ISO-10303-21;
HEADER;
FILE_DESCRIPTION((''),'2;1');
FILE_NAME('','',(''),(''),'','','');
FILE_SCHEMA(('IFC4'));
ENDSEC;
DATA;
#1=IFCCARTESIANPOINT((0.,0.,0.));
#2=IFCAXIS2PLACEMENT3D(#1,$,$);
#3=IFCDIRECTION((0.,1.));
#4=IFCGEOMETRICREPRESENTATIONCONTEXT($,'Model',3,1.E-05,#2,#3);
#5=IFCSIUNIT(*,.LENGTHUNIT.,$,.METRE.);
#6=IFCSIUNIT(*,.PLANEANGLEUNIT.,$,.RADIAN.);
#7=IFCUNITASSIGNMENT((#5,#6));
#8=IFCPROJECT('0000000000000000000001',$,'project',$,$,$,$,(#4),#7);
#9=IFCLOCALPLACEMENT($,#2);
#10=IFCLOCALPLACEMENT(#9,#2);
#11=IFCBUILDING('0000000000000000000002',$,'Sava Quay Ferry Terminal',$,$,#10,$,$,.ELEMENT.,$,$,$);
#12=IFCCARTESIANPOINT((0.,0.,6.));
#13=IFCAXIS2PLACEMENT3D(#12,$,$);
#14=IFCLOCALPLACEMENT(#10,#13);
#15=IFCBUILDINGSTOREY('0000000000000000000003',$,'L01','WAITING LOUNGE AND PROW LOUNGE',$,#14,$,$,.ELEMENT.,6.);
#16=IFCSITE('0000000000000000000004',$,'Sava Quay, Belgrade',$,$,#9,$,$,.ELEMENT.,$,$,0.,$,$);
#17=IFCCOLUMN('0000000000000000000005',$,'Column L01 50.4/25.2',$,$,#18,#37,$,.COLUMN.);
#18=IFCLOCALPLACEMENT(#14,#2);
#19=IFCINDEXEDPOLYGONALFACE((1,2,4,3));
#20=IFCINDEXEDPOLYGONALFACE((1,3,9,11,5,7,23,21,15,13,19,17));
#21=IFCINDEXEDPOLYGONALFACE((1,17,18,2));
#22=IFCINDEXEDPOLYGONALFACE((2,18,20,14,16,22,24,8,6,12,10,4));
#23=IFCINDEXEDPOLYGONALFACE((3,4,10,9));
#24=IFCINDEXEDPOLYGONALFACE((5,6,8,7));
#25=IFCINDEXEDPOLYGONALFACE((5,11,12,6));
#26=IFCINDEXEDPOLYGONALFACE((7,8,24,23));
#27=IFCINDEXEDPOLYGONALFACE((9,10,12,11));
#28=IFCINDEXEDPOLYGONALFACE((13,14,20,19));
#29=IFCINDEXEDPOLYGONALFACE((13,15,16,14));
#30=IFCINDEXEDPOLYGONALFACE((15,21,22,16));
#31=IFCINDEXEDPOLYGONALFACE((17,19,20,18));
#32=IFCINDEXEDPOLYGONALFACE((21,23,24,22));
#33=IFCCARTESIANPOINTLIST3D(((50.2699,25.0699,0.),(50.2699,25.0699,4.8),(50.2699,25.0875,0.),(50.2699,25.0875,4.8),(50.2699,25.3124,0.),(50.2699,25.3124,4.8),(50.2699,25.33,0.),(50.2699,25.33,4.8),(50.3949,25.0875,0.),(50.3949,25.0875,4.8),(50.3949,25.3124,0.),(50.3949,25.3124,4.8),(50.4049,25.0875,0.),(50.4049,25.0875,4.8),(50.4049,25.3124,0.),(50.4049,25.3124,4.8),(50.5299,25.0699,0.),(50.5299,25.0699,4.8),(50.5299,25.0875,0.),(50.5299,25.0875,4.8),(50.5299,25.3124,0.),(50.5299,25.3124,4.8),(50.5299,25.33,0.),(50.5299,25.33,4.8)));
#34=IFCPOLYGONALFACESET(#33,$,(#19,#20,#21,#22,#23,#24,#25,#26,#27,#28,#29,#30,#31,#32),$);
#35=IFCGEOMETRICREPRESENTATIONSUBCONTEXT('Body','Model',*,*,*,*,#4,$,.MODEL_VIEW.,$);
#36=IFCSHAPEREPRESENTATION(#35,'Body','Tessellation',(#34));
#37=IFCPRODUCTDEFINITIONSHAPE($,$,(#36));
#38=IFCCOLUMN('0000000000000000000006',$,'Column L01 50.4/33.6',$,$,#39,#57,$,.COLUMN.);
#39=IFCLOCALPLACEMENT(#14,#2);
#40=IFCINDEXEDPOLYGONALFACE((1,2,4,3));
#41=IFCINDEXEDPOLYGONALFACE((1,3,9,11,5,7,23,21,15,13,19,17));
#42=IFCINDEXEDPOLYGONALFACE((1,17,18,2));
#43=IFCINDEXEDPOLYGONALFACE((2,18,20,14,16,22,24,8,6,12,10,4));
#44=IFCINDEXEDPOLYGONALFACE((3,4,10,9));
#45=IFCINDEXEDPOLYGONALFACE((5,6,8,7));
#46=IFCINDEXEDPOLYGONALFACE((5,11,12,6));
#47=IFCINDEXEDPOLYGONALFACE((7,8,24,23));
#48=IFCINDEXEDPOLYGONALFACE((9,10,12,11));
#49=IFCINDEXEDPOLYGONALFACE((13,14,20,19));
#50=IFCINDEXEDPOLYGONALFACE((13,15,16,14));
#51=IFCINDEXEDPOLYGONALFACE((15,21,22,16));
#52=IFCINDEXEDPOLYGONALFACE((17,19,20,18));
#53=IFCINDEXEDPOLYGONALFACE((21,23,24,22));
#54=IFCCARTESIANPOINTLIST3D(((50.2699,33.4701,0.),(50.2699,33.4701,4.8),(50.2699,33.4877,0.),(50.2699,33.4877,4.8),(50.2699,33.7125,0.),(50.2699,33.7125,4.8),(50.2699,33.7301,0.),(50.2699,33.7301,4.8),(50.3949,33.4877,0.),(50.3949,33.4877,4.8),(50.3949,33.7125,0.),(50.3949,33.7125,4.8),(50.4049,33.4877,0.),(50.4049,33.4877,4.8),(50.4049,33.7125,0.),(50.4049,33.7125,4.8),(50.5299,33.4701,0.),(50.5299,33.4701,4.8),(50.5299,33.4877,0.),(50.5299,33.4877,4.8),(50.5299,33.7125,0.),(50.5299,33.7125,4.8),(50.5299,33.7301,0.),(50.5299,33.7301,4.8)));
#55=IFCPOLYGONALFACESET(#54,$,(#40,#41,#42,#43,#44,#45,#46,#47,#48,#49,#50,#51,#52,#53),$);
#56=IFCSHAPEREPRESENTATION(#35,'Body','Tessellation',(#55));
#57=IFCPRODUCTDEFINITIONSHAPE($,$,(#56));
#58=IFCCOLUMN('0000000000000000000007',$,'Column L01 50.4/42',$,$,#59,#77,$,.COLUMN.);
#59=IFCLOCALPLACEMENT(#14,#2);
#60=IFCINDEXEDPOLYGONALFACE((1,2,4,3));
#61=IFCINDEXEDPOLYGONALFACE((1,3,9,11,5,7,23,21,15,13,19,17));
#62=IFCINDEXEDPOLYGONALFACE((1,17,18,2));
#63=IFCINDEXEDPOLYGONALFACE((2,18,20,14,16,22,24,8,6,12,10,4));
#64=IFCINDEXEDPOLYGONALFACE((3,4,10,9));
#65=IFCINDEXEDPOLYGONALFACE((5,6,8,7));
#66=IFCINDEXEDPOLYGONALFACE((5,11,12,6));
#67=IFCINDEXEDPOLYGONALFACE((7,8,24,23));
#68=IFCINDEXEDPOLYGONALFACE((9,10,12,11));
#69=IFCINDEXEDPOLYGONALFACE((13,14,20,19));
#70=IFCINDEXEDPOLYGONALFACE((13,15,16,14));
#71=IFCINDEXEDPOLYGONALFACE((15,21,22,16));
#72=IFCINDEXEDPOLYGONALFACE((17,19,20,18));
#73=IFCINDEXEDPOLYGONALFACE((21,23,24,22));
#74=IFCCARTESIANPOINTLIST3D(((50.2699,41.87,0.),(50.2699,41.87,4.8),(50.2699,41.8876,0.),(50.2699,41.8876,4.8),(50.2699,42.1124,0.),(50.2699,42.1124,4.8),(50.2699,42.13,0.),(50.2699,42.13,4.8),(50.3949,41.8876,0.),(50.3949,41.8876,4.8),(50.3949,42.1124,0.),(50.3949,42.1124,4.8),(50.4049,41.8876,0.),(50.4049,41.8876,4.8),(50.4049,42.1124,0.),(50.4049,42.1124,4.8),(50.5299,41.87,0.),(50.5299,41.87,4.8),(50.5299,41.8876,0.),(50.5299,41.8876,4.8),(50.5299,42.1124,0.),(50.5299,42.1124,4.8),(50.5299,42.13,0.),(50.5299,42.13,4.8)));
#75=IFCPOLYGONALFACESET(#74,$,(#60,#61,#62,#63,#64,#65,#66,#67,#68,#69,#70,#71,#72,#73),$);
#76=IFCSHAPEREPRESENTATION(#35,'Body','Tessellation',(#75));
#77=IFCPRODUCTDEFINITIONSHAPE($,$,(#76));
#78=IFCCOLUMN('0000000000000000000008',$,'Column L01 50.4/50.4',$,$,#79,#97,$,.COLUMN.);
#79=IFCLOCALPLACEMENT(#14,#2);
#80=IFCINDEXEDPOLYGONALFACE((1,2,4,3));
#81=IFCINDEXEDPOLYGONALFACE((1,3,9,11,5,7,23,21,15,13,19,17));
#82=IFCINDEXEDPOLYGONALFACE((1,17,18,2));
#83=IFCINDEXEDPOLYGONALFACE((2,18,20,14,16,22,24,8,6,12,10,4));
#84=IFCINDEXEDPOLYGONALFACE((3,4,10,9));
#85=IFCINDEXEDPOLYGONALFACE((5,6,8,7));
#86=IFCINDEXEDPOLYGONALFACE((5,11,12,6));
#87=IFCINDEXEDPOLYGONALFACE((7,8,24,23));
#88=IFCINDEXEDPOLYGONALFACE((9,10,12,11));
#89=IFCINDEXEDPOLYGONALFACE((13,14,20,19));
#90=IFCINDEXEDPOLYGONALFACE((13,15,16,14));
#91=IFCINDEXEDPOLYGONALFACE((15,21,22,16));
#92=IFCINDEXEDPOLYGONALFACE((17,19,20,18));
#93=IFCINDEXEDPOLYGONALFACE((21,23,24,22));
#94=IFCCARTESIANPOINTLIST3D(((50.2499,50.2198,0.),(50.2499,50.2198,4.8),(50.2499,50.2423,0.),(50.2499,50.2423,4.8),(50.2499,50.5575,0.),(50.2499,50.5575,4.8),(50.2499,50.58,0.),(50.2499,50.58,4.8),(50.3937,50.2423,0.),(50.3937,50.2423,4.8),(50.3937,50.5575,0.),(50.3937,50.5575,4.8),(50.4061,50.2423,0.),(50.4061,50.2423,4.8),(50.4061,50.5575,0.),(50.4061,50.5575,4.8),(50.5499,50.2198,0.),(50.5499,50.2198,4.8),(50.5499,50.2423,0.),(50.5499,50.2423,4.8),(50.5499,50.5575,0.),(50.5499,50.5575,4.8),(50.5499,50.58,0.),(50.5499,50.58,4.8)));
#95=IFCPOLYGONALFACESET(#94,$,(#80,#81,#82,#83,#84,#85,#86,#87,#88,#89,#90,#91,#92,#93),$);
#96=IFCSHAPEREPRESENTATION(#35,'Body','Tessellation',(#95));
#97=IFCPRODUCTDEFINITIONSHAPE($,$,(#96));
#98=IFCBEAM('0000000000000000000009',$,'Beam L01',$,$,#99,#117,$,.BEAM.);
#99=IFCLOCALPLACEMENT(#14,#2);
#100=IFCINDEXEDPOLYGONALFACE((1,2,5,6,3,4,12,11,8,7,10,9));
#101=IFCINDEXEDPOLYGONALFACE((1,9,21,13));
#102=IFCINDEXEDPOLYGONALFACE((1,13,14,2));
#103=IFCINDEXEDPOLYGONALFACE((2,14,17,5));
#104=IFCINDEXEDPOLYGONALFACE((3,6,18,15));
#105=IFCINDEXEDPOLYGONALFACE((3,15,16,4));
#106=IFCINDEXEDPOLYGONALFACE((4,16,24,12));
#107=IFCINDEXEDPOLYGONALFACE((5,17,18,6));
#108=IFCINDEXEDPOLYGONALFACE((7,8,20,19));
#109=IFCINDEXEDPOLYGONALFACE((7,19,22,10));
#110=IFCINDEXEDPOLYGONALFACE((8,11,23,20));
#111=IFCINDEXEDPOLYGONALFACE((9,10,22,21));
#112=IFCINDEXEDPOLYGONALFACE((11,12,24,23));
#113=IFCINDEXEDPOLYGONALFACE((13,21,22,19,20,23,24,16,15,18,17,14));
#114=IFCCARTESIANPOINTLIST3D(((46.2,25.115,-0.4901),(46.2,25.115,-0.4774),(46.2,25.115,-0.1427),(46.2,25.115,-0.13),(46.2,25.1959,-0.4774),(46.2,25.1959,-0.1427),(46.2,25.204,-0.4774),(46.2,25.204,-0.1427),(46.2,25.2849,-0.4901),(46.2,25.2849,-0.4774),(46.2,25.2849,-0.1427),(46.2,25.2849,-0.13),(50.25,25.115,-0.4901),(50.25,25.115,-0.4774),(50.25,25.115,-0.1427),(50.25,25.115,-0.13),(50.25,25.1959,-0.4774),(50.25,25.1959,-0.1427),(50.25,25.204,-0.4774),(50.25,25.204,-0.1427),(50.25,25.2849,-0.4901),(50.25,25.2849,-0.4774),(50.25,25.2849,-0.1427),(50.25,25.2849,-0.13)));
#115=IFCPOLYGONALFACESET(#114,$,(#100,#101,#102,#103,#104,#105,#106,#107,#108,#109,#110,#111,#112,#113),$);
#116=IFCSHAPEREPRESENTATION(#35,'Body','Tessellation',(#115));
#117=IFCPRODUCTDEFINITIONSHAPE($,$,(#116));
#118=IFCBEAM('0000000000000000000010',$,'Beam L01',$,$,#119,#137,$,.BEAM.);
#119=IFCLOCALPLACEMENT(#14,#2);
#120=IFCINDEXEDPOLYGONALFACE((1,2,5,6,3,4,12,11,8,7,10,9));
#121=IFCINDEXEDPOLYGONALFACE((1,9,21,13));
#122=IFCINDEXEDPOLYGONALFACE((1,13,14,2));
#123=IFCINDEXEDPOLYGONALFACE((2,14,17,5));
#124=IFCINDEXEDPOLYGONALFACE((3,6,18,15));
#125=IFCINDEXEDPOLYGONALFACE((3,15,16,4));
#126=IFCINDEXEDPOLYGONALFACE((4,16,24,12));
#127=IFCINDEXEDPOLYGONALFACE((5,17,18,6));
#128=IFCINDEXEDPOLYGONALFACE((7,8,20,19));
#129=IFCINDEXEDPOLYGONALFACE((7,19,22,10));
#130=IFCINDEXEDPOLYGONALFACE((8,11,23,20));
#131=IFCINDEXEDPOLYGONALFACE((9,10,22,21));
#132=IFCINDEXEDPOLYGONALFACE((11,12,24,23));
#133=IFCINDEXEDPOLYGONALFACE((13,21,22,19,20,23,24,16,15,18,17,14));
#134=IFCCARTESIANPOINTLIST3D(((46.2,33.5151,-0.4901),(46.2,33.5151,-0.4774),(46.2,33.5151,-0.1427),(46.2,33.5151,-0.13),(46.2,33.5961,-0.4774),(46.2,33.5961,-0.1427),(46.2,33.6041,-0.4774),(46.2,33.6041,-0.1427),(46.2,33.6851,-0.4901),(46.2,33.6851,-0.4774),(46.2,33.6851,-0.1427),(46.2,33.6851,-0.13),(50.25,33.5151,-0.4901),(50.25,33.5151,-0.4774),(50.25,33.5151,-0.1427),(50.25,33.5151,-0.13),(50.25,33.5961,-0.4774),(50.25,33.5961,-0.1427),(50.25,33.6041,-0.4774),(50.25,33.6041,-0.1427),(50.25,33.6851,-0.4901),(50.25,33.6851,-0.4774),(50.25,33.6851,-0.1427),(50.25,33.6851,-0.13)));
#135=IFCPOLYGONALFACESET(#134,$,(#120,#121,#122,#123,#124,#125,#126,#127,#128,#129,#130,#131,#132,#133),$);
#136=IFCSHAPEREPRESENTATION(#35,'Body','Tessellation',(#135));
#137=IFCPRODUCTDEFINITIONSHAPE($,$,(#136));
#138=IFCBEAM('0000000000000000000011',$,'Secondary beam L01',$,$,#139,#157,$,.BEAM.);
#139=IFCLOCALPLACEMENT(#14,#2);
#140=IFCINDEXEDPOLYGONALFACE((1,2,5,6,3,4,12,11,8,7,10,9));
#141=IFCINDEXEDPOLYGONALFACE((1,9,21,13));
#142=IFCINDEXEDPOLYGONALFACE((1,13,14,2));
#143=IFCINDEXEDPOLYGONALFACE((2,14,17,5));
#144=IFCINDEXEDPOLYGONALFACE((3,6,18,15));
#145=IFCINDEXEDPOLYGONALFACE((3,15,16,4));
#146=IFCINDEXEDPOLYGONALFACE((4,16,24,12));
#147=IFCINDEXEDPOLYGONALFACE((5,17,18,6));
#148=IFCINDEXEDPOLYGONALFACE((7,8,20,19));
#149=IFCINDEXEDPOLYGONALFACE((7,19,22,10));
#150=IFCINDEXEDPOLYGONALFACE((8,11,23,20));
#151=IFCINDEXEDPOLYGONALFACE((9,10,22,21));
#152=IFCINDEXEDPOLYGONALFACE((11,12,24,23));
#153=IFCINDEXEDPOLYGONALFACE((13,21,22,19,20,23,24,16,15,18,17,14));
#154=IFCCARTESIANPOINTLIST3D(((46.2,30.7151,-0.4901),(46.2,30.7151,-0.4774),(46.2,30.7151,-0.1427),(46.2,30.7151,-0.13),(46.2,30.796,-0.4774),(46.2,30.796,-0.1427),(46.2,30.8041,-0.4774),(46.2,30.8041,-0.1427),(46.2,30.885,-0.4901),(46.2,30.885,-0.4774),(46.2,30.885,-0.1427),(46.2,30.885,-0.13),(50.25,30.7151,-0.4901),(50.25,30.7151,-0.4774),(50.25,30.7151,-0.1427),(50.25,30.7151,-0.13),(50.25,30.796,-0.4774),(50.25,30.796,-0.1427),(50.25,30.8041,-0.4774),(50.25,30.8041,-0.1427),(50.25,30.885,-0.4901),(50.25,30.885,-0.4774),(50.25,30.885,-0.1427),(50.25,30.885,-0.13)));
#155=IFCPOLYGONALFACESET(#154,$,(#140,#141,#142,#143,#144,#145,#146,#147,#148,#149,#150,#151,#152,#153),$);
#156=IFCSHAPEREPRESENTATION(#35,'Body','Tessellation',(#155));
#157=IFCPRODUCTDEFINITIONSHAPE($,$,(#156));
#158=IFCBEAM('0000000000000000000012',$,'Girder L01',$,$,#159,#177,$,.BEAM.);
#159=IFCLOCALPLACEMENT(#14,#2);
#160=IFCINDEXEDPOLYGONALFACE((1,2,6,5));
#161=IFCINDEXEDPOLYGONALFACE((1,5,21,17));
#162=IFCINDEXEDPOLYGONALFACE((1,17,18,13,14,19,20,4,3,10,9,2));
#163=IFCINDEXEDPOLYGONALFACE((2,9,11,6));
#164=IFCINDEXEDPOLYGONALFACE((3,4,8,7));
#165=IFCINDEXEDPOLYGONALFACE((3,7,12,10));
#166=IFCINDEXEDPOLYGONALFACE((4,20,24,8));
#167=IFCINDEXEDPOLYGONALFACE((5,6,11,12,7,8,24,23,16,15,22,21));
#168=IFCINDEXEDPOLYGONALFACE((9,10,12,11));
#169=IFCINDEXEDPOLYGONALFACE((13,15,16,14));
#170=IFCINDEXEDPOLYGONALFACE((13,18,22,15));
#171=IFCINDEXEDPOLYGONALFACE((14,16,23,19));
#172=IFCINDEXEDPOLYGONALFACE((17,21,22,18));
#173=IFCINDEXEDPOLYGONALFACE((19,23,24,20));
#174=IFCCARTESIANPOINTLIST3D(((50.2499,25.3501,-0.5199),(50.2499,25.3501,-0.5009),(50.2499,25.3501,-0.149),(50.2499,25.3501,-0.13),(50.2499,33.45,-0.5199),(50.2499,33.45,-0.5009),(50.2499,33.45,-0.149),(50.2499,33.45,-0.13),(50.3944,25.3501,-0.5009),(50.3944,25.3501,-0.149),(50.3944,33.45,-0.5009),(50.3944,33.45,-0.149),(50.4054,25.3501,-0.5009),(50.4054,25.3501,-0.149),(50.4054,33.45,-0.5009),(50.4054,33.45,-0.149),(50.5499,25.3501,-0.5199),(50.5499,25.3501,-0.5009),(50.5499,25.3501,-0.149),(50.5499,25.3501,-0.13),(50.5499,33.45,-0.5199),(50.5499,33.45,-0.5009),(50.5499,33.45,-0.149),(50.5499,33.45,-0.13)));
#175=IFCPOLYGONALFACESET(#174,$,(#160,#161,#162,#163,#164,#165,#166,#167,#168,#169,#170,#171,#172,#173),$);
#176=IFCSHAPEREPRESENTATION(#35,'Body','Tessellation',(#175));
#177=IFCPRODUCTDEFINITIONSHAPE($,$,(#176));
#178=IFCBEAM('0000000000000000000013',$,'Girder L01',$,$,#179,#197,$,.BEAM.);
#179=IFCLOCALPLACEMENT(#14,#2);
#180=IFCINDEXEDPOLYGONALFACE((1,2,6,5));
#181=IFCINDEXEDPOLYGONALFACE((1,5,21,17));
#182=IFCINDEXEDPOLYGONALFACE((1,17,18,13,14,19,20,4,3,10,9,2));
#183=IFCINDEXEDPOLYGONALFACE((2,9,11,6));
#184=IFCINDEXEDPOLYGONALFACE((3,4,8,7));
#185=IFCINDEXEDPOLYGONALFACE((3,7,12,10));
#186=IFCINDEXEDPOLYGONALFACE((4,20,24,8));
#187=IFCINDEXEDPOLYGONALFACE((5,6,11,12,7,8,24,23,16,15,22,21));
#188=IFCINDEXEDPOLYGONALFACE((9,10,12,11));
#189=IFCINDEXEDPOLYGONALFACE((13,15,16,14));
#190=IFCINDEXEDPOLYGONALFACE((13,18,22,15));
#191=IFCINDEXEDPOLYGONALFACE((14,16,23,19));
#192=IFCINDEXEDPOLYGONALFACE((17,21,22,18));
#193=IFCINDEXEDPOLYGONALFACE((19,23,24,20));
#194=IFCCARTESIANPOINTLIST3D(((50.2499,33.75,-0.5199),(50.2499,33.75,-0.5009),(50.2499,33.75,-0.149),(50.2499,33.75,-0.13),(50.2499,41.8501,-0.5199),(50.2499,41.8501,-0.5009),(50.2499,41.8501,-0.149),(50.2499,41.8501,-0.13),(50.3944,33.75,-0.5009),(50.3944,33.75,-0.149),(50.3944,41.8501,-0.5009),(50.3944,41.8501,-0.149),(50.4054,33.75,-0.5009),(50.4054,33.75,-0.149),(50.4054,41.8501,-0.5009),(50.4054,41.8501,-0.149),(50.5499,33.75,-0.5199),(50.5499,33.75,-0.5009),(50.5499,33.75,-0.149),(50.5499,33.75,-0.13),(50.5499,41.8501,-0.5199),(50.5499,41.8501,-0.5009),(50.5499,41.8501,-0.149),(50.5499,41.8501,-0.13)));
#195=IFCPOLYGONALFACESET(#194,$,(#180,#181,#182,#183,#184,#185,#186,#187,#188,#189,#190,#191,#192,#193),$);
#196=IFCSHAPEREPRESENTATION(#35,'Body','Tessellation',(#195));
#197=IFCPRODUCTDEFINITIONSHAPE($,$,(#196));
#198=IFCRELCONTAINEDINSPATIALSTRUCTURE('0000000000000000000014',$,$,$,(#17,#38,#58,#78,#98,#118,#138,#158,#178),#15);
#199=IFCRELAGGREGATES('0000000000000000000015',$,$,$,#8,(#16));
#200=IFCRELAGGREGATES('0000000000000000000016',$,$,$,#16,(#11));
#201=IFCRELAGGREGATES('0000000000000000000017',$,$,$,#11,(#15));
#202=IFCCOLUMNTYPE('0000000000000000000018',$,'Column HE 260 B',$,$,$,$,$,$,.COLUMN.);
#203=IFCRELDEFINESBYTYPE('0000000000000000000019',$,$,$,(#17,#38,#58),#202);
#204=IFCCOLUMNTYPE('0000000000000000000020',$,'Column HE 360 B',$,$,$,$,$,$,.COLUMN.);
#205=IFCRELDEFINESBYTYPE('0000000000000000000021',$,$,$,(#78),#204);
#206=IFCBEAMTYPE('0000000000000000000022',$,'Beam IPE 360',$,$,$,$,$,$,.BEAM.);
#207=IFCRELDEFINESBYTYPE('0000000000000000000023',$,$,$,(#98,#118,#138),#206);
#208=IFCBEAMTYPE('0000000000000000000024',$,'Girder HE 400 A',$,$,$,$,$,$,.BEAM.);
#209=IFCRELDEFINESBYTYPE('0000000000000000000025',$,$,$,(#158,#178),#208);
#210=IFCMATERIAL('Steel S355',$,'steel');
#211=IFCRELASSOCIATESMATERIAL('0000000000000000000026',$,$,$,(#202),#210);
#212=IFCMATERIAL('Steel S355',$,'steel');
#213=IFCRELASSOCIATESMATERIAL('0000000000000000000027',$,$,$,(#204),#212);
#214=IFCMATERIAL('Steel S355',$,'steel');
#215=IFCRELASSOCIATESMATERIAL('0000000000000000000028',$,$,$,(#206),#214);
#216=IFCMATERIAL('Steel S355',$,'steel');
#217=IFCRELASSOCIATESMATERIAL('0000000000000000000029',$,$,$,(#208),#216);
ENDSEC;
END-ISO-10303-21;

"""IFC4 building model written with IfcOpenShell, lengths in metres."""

from ifc_helpers import new_model, si_unit, direction, frame, origin, origin_2d, place, context, subcontext, project, spatial, i_section, extrude, material, material_profile, profile_set, type_object, element, save


model = new_model("IFC4")

# Units and contexts
model_context = context("Model", 3, precision=1e-05, world=origin(), true_north=direction((0.0, 1.0)))
body_context = subcontext(model_context, "Body", "Model", "MODEL_VIEW")
ifc_project = project(units=[si_unit("LENGTHUNIT", "METRE"), si_unit("PLANEANGLEUNIT", "RADIAN")], contexts=[model_context])

# Site, building, storey
site_placement = place(None, origin())
site = spatial("IfcSite", under=ifc_project, at=site_placement, Name="Sava Quay, Belgrade", CompositionType="ELEMENT", RefElevation=0.0)
building_placement = place(site_placement, origin())
building = spatial("IfcBuilding", under=site, at=building_placement, Name="Sava Quay Ferry Terminal", CompositionType="ELEMENT")
storey_placement = place(building_placement, frame((0.0, 0.0, 6.0)))
storey = spatial("IfcBuildingStorey", under=building, at=storey_placement, Name="L01", Description="WAITING LOUNGE AND PROW LOUNGE", CompositionType="ELEMENT", Elevation=6.0)

# Columns
ifc_material_1 = material(Name="Steel S355", Category="steel")
ifc_material_profile_1 = material_profile(ifc_material_1, i_section(OverallWidth=0.26, OverallDepth=0.26, WebThickness=0.01, FlangeThickness=0.0176, at=origin_2d()), Name="HE 260 B")
ifc_profile_set_1 = profile_set([ifc_material_profile_1], Name="Steel S355")
column_type_1 = type_object("IfcColumnType", Name="Column HE 260 B", PredefinedType="COLUMN", material=ifc_profile_set_1)
for number, where, z_axis, x_axis, name in (
    (1, (50.3999, 25.2, 0.0), (0.0, 0.0, 1.0), (1.0, 0.0, 0.0), "Column L01 50.4/25.2"),
    (2, (50.3999, 33.6001, 0.0), (0.0, 0.0, 1.0), (1.0, 0.0, 0.0), "Column L01 50.4/33.6"),
    (3, (50.3999, 42.0, 0.0), (0.0, 0.0, 1.0), (1.0, 0.0, 0.0), "Column L01 50.4/42"),
):
    element("IfcColumn", number, at=place(storey_placement, frame(where, z_axis=z_axis, x_axis=x_axis)), inside=storey, type_object=column_type_1, Name=name, PredefinedType="COLUMN", context=body_context, shape_type="SweptSolid", body=[
        extrude(i_section(OverallWidth=0.26, OverallDepth=0.26, WebThickness=0.01, FlangeThickness=0.0176, at=origin_2d()), origin(), (0.0, 0.0, 1.0), 4.8),
    ])
ifc_material_2 = material(Name="Steel S355", Category="steel")
ifc_material_profile_2 = material_profile(ifc_material_2, i_section(OverallWidth=0.3, OverallDepth=0.3601, WebThickness=0.0125, FlangeThickness=0.0225, at=origin_2d()), Name="HE 360 B")
ifc_profile_set_2 = profile_set([ifc_material_profile_2], Name="Steel S355")
column_type_2 = type_object("IfcColumnType", Name="Column HE 360 B", PredefinedType="COLUMN", material=ifc_profile_set_2)
column_placement = place(storey_placement, frame((50.3999, 50.3999, 0.0), z_axis=(0.0, 0.0, 1.0), x_axis=(1.0, 0.0, 0.0)))
element("IfcColumn", 4, at=column_placement, inside=storey, type_object=column_type_2, Name="Column L01 50.4/50.4", PredefinedType="COLUMN", context=body_context, shape_type="SweptSolid", body=[
    extrude(i_section(OverallWidth=0.3, OverallDepth=0.3601, WebThickness=0.0125, FlangeThickness=0.0225, at=origin_2d()), origin(), (0.0, 0.0, 1.0), 4.8),
])

# Beams
ifc_material_3 = material(Name="Steel S355", Category="steel")
ifc_material_profile_3 = material_profile(ifc_material_3, i_section(OverallWidth=0.1699, OverallDepth=0.3601, WebThickness=0.0081, FlangeThickness=0.0127, at=origin_2d()), Name="IPE 360")
ifc_profile_set_3 = profile_set([ifc_material_profile_3], Name="Steel S355")
beam_type_1 = type_object("IfcBeamType", Name="Beam IPE 360", PredefinedType="BEAM", material=ifc_profile_set_3)
for number, where, z_axis, x_axis, name in (
    (5, (46.2, 25.2, -0.3101), (1.0, 0.0, 0.0), (0.0, 1.0, 0.0), "Beam L01"),
    (6, (46.2, 33.6001, -0.3101), (1.0, 0.0, 0.0), (0.0, 1.0, 0.0), "Beam L01"),
    (7, (46.2, 30.8, -0.3101), (1.0, 0.0, 0.0), (0.0, 1.0, 0.0), "Secondary beam L01"),
):
    element("IfcBeam", number, at=place(storey_placement, frame(where, z_axis=z_axis, x_axis=x_axis)), inside=storey, type_object=beam_type_1, Name=name, PredefinedType="BEAM", context=body_context, shape_type="SweptSolid", body=[
        extrude(i_section(OverallWidth=0.1699, OverallDepth=0.3601, WebThickness=0.0081, FlangeThickness=0.0127, at=origin_2d()), origin(), (0.0, 0.0, 1.0), 4.05),
    ])
ifc_material_4 = material(Name="Steel S355", Category="steel")
ifc_material_profile_4 = material_profile(ifc_material_4, i_section(OverallWidth=0.3, OverallDepth=0.3899, WebThickness=0.011, FlangeThickness=0.019, at=origin_2d()), Name="HE 400 A")
ifc_profile_set_4 = profile_set([ifc_material_profile_4], Name="Steel S355")
beam_type_2 = type_object("IfcBeamType", Name="Girder HE 400 A", PredefinedType="BEAM", material=ifc_profile_set_4)
beam_1_placement = place(storey_placement, frame((50.3999, 25.3501, -0.325), z_axis=(0.0, 1.0, 0.0), x_axis=(-1.0, 0.0, 0.0)))
element("IfcBeam", 8, at=beam_1_placement, inside=storey, type_object=beam_type_2, Name="Girder L01", PredefinedType="BEAM", context=body_context, shape_type="SweptSolid", body=[
    extrude(i_section(OverallWidth=0.3, OverallDepth=0.3899, WebThickness=0.011, FlangeThickness=0.019, at=origin_2d()), origin(), (0.0, 0.0, 1.0), 8.0999),
])
beam_2_placement = place(storey_placement, frame((50.3999, 33.75, -0.325), z_axis=(0.0, 1.0, 0.0), x_axis=(-1.0, 0.0, 0.0)))
element("IfcBeam", 9, at=beam_2_placement, inside=storey, type_object=beam_type_2, Name="Girder L01", PredefinedType="BEAM", context=body_context, shape_type="SweptSolid", body=[
    extrude(i_section(OverallWidth=0.3, OverallDepth=0.3899, WebThickness=0.011, FlangeThickness=0.019, at=origin_2d()), origin(), (0.0, 0.0, 1.0), 8.1001),
])

save(model, "model.ifc")
